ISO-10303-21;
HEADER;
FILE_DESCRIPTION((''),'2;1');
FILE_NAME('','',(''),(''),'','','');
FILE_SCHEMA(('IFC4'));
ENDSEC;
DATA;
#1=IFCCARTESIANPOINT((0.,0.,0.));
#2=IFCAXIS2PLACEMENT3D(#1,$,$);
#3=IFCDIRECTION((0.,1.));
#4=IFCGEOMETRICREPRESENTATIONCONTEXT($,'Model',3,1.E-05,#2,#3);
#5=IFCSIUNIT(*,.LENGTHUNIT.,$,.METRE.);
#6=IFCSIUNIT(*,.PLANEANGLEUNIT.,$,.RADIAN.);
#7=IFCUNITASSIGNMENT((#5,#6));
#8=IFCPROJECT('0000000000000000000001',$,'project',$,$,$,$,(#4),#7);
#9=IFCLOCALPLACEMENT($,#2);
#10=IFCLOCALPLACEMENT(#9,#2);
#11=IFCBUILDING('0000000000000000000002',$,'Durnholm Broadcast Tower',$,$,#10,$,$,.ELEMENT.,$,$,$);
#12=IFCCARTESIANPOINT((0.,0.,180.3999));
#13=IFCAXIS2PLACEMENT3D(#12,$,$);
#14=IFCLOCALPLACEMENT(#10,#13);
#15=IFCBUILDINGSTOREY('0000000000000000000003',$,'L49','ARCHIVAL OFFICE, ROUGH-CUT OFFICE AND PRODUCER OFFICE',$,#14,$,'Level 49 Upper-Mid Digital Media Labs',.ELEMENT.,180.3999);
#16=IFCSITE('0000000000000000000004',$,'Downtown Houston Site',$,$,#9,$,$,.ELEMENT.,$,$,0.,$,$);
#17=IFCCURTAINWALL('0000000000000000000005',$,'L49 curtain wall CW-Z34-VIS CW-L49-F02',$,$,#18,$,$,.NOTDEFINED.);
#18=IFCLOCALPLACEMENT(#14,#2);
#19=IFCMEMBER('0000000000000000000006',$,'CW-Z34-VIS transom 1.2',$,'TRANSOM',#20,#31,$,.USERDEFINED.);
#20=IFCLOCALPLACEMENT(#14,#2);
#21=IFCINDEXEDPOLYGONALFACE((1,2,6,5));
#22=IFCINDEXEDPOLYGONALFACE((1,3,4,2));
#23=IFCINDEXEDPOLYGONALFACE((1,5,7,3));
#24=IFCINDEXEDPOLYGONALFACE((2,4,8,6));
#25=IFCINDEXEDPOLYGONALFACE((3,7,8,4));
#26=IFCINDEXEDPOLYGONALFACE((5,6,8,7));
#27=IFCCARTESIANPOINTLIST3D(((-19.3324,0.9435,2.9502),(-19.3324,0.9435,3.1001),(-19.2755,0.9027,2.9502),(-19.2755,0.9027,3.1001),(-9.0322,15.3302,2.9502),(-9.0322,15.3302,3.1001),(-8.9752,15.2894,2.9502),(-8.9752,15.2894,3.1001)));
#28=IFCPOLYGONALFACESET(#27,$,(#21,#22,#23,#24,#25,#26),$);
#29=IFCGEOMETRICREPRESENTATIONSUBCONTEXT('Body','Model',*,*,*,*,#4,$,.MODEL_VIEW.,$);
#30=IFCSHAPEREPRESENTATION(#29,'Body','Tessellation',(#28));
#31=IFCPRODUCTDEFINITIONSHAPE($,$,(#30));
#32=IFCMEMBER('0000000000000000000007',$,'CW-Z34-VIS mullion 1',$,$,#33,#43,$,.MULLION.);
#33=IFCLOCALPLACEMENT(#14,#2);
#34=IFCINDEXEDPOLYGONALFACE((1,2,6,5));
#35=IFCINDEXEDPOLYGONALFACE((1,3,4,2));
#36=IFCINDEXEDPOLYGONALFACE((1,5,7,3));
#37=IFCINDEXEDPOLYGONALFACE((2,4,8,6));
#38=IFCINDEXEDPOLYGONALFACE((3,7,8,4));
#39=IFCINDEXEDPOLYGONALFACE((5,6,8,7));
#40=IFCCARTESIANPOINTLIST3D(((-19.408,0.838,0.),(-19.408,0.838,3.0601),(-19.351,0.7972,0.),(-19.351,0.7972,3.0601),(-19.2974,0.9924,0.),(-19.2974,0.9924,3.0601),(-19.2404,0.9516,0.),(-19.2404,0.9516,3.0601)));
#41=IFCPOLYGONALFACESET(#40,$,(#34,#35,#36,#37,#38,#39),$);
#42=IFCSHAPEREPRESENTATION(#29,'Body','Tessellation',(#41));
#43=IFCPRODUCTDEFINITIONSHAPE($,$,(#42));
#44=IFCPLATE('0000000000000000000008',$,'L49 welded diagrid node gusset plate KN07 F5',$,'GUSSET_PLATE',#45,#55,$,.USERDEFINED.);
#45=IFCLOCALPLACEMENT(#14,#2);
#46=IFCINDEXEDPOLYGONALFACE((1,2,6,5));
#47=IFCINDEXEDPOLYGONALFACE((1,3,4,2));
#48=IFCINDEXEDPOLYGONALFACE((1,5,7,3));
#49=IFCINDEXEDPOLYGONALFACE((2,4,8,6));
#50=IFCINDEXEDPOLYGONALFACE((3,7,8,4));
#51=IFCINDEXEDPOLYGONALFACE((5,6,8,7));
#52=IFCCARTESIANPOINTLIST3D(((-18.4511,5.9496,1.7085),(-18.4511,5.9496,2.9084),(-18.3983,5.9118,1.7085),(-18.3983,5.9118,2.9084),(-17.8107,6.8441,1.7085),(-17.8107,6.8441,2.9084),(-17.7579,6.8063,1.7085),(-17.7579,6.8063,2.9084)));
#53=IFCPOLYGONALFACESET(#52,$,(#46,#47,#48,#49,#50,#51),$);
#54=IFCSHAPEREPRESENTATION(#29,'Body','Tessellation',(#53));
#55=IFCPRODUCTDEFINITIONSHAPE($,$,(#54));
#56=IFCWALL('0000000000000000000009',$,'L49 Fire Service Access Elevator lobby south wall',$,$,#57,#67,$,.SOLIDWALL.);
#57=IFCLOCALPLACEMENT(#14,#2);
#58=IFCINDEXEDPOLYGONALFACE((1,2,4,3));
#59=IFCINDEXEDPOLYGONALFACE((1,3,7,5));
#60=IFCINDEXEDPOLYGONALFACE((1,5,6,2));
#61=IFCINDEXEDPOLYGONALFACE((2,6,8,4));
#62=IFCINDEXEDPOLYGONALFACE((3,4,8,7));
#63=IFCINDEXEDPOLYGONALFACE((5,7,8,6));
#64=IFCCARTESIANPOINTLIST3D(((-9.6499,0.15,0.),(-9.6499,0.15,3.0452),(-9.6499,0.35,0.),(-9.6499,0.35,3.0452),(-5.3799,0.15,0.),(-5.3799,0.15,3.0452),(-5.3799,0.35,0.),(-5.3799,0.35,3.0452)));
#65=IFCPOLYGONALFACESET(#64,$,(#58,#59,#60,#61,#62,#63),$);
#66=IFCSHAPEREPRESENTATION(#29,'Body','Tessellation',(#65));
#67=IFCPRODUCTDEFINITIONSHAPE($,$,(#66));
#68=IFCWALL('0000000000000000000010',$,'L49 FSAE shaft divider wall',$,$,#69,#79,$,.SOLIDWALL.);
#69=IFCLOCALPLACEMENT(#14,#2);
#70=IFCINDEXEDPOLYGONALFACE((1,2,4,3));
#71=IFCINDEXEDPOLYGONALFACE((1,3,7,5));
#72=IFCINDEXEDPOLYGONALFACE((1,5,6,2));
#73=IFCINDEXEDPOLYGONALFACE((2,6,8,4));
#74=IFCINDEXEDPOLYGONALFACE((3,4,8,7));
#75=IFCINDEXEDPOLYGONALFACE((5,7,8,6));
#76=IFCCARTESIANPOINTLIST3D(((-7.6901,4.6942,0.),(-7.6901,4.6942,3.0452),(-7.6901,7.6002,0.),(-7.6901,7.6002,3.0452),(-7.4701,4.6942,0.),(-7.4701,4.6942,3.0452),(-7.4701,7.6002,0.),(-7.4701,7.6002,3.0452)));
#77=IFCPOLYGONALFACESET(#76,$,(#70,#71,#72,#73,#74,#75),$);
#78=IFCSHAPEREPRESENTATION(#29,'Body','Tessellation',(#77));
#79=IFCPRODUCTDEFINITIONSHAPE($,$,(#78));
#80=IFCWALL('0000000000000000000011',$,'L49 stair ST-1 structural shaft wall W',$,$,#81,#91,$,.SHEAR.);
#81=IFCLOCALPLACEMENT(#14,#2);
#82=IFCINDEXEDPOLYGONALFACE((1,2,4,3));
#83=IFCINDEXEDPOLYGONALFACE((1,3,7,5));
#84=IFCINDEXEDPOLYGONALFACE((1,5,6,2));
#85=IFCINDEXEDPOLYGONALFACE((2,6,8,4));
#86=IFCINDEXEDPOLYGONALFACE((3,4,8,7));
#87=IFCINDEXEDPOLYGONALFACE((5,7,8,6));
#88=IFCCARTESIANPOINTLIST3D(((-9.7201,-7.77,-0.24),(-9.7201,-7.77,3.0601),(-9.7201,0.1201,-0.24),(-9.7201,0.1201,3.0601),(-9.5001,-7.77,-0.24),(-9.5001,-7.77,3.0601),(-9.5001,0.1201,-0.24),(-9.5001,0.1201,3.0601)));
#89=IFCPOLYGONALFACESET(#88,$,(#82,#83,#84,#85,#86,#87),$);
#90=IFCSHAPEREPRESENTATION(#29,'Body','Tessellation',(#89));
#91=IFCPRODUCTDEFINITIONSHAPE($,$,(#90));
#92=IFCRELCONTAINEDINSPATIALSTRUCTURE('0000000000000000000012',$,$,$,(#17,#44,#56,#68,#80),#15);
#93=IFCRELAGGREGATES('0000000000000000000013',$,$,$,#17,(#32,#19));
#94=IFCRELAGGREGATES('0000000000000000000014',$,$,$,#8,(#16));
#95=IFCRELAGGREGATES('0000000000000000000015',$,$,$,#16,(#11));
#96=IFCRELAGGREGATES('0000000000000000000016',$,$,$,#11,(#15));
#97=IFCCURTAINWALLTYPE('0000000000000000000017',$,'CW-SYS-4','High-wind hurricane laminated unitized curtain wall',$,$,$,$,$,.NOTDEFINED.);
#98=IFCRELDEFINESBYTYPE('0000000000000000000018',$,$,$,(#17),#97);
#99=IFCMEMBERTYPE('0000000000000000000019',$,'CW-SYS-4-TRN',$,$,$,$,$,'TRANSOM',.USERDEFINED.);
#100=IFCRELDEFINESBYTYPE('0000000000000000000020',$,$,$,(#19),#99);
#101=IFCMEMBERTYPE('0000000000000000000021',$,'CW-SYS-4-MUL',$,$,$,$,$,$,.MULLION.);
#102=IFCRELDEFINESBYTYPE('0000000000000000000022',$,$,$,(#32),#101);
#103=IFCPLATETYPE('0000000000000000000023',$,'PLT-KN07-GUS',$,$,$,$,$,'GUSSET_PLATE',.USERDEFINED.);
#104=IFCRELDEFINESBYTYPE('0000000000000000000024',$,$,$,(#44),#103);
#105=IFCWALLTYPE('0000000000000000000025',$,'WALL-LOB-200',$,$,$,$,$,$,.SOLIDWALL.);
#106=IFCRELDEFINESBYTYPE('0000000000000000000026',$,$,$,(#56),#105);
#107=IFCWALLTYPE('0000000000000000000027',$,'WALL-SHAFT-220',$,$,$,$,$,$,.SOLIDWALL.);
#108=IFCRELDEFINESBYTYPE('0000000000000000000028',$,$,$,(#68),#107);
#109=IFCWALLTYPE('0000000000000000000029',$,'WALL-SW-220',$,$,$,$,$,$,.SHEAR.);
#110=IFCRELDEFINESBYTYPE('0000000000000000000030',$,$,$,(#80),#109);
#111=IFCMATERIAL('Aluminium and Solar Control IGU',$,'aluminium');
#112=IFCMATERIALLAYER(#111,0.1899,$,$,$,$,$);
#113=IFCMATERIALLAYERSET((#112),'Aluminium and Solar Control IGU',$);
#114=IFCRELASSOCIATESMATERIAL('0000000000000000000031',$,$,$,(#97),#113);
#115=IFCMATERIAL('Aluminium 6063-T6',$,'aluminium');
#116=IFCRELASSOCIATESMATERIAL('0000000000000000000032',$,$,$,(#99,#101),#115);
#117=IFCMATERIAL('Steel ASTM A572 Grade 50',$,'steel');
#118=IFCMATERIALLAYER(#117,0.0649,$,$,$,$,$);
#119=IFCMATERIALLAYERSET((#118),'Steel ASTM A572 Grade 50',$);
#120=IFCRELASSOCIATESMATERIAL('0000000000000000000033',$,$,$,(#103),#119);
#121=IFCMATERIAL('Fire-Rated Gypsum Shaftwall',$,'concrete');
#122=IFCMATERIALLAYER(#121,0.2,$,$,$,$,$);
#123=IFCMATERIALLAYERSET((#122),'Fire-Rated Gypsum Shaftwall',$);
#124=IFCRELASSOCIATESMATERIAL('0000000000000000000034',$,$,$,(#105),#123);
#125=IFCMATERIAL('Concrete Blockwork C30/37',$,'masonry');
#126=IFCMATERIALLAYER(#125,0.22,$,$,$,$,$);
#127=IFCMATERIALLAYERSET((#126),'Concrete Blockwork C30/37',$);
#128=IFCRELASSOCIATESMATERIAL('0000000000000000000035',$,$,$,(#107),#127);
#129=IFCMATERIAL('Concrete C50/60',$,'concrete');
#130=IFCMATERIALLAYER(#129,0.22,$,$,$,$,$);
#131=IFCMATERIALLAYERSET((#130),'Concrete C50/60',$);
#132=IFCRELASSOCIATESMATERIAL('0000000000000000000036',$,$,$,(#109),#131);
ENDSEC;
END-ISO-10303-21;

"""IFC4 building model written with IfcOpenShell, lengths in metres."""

from ifc_helpers import new_model, si_unit, direction, frame, frame_2d, origin, origin_2d, place, context, subcontext, project, spatial, rectangle, extrude, source, transform, mapped, material, layer, layer_set, material_profile, profile_set, type_object, type_shapes, element, aggregate, save


model = new_model("IFC4")

# Units and contexts
model_context = context("Model", 3, precision=1e-05, world=origin(), true_north=direction((0.0, 1.0)))
body_context = subcontext(model_context, "Body", "Model", "MODEL_VIEW")
ifc_project = project(units=[si_unit("LENGTHUNIT", "METRE"), si_unit("PLANEANGLEUNIT", "RADIAN")], contexts=[model_context])

# Site, building, storey
site_placement = place(None, origin())
site = spatial("IfcSite", under=ifc_project, at=site_placement, Name="Downtown Houston Site", CompositionType="ELEMENT", RefElevation=0.0)
building_placement = place(site_placement, origin())
building = spatial("IfcBuilding", under=site, at=building_placement, Name="Durnholm Broadcast Tower", CompositionType="ELEMENT")
storey_placement = place(building_placement, frame((0.0, 0.0, 180.3999)))
storey = spatial("IfcBuildingStorey", under=building, at=storey_placement, Name="L49", Description="ARCHIVAL OFFICE, ROUGH-CUT OFFICE AND PRODUCER OFFICE", LongName="Level 49 Upper-Mid Digital Media Labs", CompositionType="ELEMENT", Elevation=180.3999)

# Shared definitions
ifc_material_1 = material(Name="Aluminium and Solar Control IGU", Category="aluminium")
ifc_material_2 = material(Name="Aluminium 6063-T6", Category="aluminium")

# Curtain wall, members
ifc_layer_1 = layer(ifc_material_1, 0.1899)
ifc_layer_set_1 = layer_set([ifc_layer_1], Name="Aluminium and Solar Control IGU")
curtain_wall_type_1 = type_object("IfcCurtainWallType", Name="CW-SYS-4", Description="High-wind hurricane laminated unitized curtain wall", PredefinedType="NOTDEFINED", material=ifc_layer_set_1)
curtain_wall_1_placement = place(storey_placement, origin())
curtain_wall_1 = element("IfcCurtainWall", 1, at=curtain_wall_1_placement, inside=storey, type_object=curtain_wall_type_1, Name="L49 curtain wall CW-Z34-VIS CW-L49-F02", PredefinedType="NOTDEFINED")
ifc_material_profile_1 = material_profile(ifc_material_2, rectangle(XDim=0.0701, YDim=0.1499, at=origin_2d()), Name="CWT70X150")
ifc_profile_set_1 = profile_set([ifc_material_profile_1], Name="Aluminium 6063-T6")
member_type_1 = type_object("IfcMemberType", Name="CW-SYS-4-TRN", ElementType="TRANSOM", PredefinedType="USERDEFINED", material=ifc_profile_set_1)
shared_shape_1 = source(origin(), body_context, "Body", "SweptSolid", [
    extrude(rectangle(XDim=0.0701, YDim=0.1499, at=origin_2d()), origin(), (0.0, 0.0, 1.0), 17.6938),
])
type_shapes(member_type_1, [shared_shape_1])
member_1_placement = place(storey_placement, frame((-19.304, 0.9231, 3.0251), z_axis=(0.582138, 0.81309, 0.0), x_axis=(-0.81309, 0.582138, 0.0)))
member_1 = element("IfcMember", 2, at=member_1_placement, type_object=member_type_1, Name="CW-Z34-VIS transom 1.2", ObjectType="TRANSOM", PredefinedType="USERDEFINED", context=body_context, shape_type="MappedRepresentation", body=[
    mapped(shared_shape_1, transform((0.0, 0.0, 0.0), x_axis=(1.0, 0.0, 0.0), y_axis=(0.0, 1.0, 0.0), z_axis=(0.0, 0.0, 1.0), scale=1.0)),
])
ifc_material_profile_2 = material_profile(ifc_material_2, rectangle(XDim=0.0701, YDim=0.1899, at=origin_2d()), Name="CWM70X190")
ifc_profile_set_2 = profile_set([ifc_material_profile_2], Name="Aluminium 6063-T6")
member_type_2 = type_object("IfcMemberType", Name="CW-SYS-4-MUL", PredefinedType="MULLION", material=ifc_profile_set_2)
shared_shape_2 = source(origin(), body_context, "Body", "SweptSolid", [
    extrude(rectangle(XDim=0.0701, YDim=0.1899, at=origin_2d()), origin(), (0.0, 0.0, 1.0), 3.0601),
])
type_shapes(member_type_2, [shared_shape_2])
member_2_placement = place(storey_placement, frame((-19.3242, 0.8948, 0.0), z_axis=(0.0, 0.0, 1.0), x_axis=(-0.813089, 0.582139, 0.0)))
member_2 = element("IfcMember", 3, at=member_2_placement, type_object=member_type_2, Name="CW-Z34-VIS mullion 1", PredefinedType="MULLION", context=body_context, shape_type="MappedRepresentation", body=[
    mapped(shared_shape_2, transform((0.0, 0.0, 0.0), x_axis=(1.0, 0.0, 0.0), y_axis=(0.0, 1.0, 0.0), z_axis=(0.0, 0.0, 1.0), scale=1.0)),
])
aggregate(curtain_wall_1, [member_2, member_1])

# Plate
ifc_material_3 = material(Name="Steel ASTM A572 Grade 50", Category="steel")
ifc_layer_2 = layer(ifc_material_3, 0.0649)
ifc_layer_set_2 = layer_set([ifc_layer_2], Name="Steel ASTM A572 Grade 50")
plate_type = type_object("IfcPlateType", Name="PLT-KN07-GUS", ElementType="GUSSET_PLATE", PredefinedType="USERDEFINED", material=ifc_layer_set_2)
shared_shape_3 = source(origin(), body_context, "Body", "SweptSolid", [
    extrude(rectangle(XDim=1.1001, YDim=0.0649, at=origin_2d()), origin(), (0.0, 0.0, 1.0), 1.2),
])
type_shapes(plate_type, [shared_shape_3])
plate_placement = place(storey_placement, frame((-18.1045, 6.3779, 1.7085), z_axis=(0.0, 0.0, 1.0), x_axis=(-0.582123, -0.813101, 0.0)))
element("IfcPlate", 4, at=plate_placement, inside=storey, type_object=plate_type, Name="L49 welded diagrid node gusset plate KN07 F5", ObjectType="GUSSET_PLATE", PredefinedType="USERDEFINED", context=body_context, shape_type="MappedRepresentation", body=[
    mapped(shared_shape_3, transform((0.0, 0.0, 0.0), x_axis=(1.0, 0.0, 0.0), y_axis=(0.0, 1.0, 0.0), z_axis=(0.0, 0.0, 1.0), scale=1.0)),
])

# Wall
ifc_material_4 = material(Name="Fire-Rated Gypsum Shaftwall", Category="concrete")
ifc_layer_3 = layer(ifc_material_4, 0.2)
ifc_layer_set_3 = layer_set([ifc_layer_3], Name="Fire-Rated Gypsum Shaftwall")
wall_type_1 = type_object("IfcWallType", Name="WALL-LOB-200", PredefinedType="SOLIDWALL", material=ifc_layer_set_3)
wall_1_placement = place(storey_placement, frame((-9.6499, 0.25, 0.0), z_axis=(0.0, 0.0, 1.0), x_axis=(1.0, 0.0, 0.0)))
element("IfcWall", 5, at=wall_1_placement, inside=storey, type_object=wall_type_1, Name="L49 Fire Service Access Elevator lobby south wall", PredefinedType="SOLIDWALL", context=body_context, shape_type="SweptSolid", body=[
    extrude(rectangle(XDim=4.27, YDim=0.2, at=frame_2d((2.135, 0.0))), origin(), (0.0, 0.0, 1.0), 3.0452),
])

# Shared definitions
ifc_material_5 = material(Name="Concrete Blockwork C30/37", Category="masonry")
ifc_layer_4 = layer(ifc_material_5, 0.22)
ifc_layer_set_4 = layer_set([ifc_layer_4], Name="Concrete Blockwork C30/37")
wall_type_2 = type_object("IfcWallType", Name="WALL-SHAFT-220", PredefinedType="SOLIDWALL", material=ifc_layer_set_4)

# Walls
wall_2_placement = place(storey_placement, frame((-7.5801, 4.6941, 0.0), z_axis=(0.0, 0.0, 1.0), x_axis=(0.0, 1.0, 0.0)))
element("IfcWall", 6, at=wall_2_placement, inside=storey, type_object=wall_type_2, Name="L49 FSAE shaft divider wall", PredefinedType="SOLIDWALL", context=body_context, shape_type="SweptSolid", body=[
    extrude(rectangle(XDim=2.906, YDim=0.22, at=frame_2d((1.4531, 0.0))), origin(), (0.0, 0.0, 1.0), 3.0452),
])
ifc_material_6 = material(Name="Concrete C50/60", Category="concrete")
ifc_layer_5 = layer(ifc_material_6, 0.22)
ifc_layer_set_5 = layer_set([ifc_layer_5], Name="Concrete C50/60")
wall_type_3 = type_object("IfcWallType", Name="WALL-SW-220", PredefinedType="SHEAR", material=ifc_layer_set_5)
wall_3_placement = place(storey_placement, frame((-9.6101, 0.1201, -0.24), z_axis=(0.0, 0.0, 1.0), x_axis=(0.0, -1.0, 0.0)))
element("IfcWall", 7, at=wall_3_placement, inside=storey, type_object=wall_type_3, Name="L49 stair ST-1 structural shaft wall W", PredefinedType="SHEAR", context=body_context, shape_type="SweptSolid", body=[
    extrude(rectangle(XDim=7.8901, YDim=0.22, at=frame_2d((3.9451, 0.0))), origin(), (0.0, 0.0, 1.0), 3.3),
])

save(model, "model.ifc")
